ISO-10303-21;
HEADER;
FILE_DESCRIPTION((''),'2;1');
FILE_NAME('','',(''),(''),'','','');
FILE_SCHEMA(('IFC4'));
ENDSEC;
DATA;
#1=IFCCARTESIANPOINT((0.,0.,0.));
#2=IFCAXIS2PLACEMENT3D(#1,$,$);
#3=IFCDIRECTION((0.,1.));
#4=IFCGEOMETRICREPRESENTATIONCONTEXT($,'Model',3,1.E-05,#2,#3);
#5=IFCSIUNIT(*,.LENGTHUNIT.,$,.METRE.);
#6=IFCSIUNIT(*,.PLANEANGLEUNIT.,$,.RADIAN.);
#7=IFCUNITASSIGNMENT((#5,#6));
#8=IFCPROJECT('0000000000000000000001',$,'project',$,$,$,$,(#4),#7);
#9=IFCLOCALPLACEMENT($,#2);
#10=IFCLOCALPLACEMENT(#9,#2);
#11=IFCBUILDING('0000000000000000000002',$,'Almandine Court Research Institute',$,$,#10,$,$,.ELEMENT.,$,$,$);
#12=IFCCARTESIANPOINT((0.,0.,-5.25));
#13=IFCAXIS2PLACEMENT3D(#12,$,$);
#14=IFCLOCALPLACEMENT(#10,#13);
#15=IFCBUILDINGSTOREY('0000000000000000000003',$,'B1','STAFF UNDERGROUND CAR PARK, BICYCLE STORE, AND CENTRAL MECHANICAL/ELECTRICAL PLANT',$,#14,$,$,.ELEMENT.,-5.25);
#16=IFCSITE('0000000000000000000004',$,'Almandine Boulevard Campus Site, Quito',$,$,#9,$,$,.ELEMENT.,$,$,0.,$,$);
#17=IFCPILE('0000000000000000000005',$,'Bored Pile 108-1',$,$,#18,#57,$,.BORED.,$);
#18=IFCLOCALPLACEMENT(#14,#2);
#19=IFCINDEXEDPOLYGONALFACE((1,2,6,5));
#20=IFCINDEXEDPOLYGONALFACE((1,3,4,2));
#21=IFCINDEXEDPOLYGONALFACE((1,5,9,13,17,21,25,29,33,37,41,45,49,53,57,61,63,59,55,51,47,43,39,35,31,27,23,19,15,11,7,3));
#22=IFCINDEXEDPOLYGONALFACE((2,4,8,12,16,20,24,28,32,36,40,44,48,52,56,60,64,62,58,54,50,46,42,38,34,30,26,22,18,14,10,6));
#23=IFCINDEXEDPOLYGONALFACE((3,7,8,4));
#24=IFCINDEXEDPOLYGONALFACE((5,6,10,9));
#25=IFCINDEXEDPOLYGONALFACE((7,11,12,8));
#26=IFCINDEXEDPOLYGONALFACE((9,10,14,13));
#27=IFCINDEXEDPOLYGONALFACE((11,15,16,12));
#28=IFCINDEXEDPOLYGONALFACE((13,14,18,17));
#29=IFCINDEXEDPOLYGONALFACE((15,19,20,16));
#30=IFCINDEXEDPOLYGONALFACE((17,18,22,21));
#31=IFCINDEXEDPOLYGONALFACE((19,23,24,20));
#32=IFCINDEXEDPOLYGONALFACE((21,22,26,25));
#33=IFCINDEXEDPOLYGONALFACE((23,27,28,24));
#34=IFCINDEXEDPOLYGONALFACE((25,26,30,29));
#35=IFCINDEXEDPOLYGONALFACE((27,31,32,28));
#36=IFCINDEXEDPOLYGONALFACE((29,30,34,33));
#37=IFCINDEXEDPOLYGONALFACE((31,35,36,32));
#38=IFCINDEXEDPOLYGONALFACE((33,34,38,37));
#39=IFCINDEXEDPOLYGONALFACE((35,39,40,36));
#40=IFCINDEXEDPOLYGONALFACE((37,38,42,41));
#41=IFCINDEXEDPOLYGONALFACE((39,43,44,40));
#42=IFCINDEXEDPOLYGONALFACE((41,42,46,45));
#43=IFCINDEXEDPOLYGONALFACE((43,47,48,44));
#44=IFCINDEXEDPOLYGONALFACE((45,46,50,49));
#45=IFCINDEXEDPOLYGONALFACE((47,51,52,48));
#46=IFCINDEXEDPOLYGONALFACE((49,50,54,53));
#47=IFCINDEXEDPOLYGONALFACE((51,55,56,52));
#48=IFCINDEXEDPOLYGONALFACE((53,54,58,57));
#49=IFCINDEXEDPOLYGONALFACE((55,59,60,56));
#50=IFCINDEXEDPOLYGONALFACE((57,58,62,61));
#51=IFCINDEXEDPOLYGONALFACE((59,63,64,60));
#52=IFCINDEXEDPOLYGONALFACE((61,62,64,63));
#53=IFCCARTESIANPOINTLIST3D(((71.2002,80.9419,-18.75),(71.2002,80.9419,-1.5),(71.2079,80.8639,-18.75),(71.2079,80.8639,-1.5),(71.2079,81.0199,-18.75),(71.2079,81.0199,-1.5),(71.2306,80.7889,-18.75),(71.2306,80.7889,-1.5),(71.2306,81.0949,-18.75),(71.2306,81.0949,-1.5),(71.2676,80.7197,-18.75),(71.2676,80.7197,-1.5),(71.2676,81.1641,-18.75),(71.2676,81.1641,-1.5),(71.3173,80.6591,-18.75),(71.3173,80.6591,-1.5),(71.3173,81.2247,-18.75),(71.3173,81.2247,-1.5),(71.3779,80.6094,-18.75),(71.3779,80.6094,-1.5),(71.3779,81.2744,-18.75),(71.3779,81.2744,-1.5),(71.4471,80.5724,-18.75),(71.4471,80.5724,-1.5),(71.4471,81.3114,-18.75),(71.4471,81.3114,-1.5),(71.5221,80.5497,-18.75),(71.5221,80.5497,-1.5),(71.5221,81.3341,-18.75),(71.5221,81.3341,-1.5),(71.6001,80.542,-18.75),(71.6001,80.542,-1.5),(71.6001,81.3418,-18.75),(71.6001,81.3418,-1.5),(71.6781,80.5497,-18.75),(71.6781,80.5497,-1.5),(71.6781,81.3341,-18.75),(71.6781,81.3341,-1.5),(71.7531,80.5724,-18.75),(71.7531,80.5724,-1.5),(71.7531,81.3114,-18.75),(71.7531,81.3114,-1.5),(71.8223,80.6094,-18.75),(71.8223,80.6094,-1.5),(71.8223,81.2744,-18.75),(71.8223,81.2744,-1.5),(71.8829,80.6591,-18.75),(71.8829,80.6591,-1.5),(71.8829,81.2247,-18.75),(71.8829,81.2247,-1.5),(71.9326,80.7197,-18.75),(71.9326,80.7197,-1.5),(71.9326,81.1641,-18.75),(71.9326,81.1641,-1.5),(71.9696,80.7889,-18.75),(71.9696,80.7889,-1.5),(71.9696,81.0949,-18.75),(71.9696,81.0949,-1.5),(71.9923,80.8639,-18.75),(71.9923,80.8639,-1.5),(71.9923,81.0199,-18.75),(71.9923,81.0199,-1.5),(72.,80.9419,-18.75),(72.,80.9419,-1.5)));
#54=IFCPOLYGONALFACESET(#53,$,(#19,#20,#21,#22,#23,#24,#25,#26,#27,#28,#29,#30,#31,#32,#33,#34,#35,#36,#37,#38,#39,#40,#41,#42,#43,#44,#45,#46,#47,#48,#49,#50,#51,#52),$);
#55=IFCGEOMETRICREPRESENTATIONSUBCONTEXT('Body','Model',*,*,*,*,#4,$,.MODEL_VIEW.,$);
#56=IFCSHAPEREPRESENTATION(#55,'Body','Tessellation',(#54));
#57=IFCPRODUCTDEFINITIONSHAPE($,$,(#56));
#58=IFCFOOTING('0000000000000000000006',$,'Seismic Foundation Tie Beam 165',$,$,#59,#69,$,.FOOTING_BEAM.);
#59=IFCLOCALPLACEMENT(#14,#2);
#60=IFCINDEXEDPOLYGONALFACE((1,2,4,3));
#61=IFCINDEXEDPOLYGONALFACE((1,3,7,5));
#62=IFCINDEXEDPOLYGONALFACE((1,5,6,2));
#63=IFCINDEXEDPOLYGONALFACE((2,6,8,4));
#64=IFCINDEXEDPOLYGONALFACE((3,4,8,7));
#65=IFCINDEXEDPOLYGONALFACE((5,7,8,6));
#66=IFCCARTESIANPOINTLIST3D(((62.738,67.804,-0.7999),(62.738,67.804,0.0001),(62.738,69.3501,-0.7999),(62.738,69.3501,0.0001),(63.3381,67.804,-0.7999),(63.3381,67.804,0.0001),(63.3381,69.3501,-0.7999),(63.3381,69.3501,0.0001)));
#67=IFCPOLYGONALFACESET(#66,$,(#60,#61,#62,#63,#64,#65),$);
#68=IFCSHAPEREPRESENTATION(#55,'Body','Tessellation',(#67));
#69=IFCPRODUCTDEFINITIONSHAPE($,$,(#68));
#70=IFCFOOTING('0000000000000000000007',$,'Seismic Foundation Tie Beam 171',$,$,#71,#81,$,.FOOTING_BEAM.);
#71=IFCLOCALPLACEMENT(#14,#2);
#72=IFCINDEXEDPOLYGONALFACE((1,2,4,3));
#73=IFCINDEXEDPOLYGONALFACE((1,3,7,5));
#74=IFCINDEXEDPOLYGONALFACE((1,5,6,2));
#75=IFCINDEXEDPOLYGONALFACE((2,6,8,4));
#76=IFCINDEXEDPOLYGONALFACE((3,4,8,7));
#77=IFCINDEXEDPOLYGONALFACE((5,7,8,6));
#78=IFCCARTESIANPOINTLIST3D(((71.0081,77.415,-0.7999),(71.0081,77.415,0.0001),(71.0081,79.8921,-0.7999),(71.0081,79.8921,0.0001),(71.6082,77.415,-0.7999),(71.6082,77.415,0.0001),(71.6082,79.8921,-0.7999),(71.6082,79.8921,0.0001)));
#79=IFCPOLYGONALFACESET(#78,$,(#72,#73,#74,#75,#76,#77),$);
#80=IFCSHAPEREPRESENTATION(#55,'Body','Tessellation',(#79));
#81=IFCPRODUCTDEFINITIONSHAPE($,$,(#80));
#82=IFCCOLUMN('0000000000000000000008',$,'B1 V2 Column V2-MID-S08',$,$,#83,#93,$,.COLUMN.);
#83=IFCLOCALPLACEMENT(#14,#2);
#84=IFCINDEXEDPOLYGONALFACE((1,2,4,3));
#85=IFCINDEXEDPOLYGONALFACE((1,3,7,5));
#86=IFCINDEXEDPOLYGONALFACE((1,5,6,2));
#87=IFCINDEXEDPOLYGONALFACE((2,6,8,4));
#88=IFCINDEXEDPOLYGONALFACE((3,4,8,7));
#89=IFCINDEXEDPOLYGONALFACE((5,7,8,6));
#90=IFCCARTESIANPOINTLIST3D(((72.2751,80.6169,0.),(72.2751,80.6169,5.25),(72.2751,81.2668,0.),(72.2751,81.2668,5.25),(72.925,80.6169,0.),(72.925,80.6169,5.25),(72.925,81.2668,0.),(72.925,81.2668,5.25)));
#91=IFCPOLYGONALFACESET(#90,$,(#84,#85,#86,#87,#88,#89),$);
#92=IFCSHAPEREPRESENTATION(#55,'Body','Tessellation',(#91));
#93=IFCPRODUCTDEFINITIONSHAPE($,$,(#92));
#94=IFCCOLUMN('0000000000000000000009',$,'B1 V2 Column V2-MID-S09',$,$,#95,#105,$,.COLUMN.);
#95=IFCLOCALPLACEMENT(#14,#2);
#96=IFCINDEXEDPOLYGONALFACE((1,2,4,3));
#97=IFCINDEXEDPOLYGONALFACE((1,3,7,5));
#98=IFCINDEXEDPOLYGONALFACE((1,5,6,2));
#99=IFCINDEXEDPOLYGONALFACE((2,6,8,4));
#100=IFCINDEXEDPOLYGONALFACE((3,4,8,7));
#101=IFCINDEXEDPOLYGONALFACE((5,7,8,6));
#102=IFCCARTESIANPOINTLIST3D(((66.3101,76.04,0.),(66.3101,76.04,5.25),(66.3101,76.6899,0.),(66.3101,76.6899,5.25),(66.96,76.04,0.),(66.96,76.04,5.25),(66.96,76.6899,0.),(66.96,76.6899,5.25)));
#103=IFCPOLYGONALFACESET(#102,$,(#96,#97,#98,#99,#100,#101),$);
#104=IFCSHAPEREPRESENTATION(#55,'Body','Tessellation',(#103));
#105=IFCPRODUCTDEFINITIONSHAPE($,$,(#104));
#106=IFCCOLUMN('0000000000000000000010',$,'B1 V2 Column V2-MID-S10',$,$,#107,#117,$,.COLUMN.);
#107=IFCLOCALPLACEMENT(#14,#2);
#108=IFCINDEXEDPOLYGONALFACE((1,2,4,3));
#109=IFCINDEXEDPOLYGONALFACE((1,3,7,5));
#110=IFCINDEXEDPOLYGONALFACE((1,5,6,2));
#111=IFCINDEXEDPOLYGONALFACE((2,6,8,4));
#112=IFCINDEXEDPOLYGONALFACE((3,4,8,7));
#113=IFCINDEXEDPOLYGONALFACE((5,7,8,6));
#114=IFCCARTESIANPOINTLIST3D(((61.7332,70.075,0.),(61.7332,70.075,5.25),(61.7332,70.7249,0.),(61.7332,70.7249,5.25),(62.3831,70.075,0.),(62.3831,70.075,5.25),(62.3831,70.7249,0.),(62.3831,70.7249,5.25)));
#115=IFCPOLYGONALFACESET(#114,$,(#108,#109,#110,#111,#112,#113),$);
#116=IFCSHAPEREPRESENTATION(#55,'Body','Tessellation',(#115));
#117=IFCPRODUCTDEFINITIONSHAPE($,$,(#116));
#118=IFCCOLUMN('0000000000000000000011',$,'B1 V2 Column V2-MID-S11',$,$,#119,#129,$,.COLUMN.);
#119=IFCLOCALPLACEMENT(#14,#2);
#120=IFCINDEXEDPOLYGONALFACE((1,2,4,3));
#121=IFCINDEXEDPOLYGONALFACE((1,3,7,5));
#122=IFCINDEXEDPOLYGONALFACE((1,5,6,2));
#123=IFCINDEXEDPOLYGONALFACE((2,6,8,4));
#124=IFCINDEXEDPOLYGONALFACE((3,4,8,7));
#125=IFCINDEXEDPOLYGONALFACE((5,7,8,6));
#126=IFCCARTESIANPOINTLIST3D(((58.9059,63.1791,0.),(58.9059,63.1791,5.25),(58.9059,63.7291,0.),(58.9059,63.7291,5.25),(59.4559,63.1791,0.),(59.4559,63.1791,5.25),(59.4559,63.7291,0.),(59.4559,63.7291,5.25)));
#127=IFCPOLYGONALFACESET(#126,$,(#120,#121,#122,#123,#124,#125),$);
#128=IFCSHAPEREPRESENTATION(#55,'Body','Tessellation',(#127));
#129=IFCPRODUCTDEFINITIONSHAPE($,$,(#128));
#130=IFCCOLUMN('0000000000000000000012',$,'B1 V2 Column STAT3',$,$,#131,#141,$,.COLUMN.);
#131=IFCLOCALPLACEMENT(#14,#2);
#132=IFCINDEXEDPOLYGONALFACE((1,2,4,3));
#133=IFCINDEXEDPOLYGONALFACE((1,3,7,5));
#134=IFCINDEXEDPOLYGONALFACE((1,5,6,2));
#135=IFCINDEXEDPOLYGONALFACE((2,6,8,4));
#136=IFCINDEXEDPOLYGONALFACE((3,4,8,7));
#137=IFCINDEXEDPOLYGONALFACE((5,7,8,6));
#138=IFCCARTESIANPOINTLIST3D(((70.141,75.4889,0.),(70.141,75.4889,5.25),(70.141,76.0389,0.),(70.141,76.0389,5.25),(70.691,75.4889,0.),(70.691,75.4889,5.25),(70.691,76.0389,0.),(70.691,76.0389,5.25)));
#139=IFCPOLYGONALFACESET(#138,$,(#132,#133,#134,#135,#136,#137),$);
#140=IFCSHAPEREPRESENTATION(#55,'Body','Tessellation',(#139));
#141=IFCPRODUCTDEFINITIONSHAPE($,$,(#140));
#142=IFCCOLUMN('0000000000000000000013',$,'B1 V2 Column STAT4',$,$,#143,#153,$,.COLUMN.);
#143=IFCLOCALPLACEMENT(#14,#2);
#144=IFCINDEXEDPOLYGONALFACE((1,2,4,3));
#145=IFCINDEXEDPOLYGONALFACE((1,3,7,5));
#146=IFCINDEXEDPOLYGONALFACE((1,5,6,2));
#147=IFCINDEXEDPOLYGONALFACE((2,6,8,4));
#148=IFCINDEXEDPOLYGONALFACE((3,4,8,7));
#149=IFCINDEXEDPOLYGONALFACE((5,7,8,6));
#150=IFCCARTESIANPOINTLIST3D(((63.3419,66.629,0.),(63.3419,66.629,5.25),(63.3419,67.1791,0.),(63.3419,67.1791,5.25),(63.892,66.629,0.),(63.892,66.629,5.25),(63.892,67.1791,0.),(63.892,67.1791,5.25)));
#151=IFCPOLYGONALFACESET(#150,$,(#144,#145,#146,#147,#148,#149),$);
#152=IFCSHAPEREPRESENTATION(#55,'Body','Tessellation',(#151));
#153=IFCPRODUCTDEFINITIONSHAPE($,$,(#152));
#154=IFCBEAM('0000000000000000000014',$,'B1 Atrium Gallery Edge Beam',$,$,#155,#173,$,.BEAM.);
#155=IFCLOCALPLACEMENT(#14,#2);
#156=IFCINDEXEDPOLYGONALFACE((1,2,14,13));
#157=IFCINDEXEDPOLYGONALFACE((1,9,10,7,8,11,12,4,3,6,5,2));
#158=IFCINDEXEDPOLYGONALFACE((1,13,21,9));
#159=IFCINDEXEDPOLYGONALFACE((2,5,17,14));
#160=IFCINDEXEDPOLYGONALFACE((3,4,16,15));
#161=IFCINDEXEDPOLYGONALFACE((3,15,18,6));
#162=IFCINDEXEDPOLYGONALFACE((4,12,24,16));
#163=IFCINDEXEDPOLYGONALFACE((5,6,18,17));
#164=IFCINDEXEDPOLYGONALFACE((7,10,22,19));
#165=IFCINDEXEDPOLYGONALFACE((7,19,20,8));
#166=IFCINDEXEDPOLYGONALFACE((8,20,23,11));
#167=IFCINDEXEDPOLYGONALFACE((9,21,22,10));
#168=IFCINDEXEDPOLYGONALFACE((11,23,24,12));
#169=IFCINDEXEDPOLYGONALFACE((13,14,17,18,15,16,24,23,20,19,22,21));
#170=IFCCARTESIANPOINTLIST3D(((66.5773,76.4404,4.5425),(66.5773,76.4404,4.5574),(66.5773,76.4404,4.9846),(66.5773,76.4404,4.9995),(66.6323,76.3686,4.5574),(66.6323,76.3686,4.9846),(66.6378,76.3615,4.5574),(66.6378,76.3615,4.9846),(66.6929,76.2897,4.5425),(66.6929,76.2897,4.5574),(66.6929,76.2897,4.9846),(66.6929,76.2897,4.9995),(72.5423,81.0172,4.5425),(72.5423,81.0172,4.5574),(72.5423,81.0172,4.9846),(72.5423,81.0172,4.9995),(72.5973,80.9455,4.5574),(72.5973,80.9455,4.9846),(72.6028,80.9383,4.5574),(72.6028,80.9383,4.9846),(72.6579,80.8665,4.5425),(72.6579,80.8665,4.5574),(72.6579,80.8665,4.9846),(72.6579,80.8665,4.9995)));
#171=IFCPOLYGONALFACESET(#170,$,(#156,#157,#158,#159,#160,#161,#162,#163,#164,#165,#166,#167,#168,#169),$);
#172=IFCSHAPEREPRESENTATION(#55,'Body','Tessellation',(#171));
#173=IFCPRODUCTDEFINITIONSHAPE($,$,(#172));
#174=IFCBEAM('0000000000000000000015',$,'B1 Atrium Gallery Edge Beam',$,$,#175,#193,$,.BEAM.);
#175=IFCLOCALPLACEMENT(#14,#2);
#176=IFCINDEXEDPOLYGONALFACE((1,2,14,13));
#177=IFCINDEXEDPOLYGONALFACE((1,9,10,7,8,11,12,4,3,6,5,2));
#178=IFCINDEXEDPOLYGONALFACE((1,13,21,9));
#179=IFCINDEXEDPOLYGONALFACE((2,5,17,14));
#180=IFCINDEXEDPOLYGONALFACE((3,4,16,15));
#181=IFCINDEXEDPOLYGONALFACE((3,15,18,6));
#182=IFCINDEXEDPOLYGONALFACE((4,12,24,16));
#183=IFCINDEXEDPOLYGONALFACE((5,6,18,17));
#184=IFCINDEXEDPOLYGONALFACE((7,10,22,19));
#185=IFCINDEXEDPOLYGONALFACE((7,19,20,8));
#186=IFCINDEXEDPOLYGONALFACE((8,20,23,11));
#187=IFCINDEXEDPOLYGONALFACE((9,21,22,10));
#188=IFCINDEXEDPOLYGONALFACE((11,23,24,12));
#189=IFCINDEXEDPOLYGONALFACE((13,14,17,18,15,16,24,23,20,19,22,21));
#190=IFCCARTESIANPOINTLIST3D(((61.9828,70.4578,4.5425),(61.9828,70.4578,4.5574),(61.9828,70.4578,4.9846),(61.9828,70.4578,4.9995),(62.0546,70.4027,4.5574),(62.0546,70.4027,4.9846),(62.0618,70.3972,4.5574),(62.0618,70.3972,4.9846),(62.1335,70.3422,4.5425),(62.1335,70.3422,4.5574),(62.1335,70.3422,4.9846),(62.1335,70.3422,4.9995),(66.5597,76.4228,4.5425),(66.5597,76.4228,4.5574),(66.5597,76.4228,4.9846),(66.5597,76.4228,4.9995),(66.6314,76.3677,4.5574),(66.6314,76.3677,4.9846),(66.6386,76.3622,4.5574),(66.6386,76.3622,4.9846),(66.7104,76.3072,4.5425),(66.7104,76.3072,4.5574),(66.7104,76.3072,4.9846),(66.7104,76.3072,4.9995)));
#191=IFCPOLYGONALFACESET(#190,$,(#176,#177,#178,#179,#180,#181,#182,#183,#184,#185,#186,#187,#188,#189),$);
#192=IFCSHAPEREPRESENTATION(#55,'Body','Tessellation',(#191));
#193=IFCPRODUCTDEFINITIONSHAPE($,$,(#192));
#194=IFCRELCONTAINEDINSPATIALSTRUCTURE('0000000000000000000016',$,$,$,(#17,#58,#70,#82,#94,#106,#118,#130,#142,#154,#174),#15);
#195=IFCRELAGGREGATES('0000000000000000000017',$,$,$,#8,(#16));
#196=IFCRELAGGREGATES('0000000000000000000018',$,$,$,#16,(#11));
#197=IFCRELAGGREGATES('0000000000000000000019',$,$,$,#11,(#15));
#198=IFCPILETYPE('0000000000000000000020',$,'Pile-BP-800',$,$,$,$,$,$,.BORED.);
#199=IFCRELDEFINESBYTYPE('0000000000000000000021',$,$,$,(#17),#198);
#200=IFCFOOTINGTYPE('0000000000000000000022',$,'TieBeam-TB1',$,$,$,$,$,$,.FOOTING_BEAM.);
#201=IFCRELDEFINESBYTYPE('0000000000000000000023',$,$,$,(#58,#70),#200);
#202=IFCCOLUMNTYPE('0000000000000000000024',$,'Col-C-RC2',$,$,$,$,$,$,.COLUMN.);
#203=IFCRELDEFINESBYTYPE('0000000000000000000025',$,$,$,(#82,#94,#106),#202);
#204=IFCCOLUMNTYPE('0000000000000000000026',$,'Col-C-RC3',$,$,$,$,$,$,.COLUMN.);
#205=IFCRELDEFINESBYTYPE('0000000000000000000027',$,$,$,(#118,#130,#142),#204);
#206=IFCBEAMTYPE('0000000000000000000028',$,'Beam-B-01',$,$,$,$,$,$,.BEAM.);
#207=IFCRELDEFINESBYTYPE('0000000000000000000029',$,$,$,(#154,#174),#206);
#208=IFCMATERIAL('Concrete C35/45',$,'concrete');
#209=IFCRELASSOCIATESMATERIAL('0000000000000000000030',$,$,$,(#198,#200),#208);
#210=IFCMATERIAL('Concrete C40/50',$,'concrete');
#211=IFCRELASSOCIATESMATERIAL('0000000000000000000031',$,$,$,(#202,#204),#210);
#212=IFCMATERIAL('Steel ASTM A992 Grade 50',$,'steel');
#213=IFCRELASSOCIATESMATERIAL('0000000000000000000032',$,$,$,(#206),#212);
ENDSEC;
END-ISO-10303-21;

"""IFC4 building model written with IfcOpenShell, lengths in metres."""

from ifc_helpers import new_model, si_unit, direction, frame, origin, origin_2d, place, context, subcontext, project, spatial, rectangle, circle, i_section, extrude, material, material_profile, profile_set, type_object, element, save


model = new_model("IFC4")

# Units and contexts
model_context = context("Model", 3, precision=1e-05, world=origin(), true_north=direction((0.0, 1.0)))
body_context = subcontext(model_context, "Body", "Model", "MODEL_VIEW")
ifc_project = project(units=[si_unit("LENGTHUNIT", "METRE"), si_unit("PLANEANGLEUNIT", "RADIAN")], contexts=[model_context])

# Site, building, storey
site_placement = place(None, origin())
site = spatial("IfcSite", under=ifc_project, at=site_placement, Name="Almandine Boulevard Campus Site, Quito", CompositionType="ELEMENT", RefElevation=0.0)
building_placement = place(site_placement, origin())
building = spatial("IfcBuilding", under=site, at=building_placement, Name="Almandine Court Research Institute", CompositionType="ELEMENT")
storey_placement = place(building_placement, frame((0.0, 0.0, -5.25)))
storey = spatial("IfcBuildingStorey", under=building, at=storey_placement, Name="B1", Description="STAFF UNDERGROUND CAR PARK, BICYCLE STORE, AND CENTRAL MECHANICAL/ELECTRICAL PLANT", CompositionType="ELEMENT", Elevation=-5.25)

# Shared definitions
ifc_material_1 = material(Name="Concrete C35/45", Category="concrete")

# Pile
ifc_material_profile_1 = material_profile(ifc_material_1, circle(Radius=0.3999, at=origin_2d()), Name="BORED PILE D800")
ifc_profile_set_1 = profile_set([ifc_material_profile_1], Name="Concrete C35/45")
pile_type = type_object("IfcPileType", Name="Pile-BP-800", PredefinedType="BORED", material=ifc_profile_set_1)
for number, where, z_axis, x_axis, name in (
    (1, (71.6001, 80.9419, -1.5), (0.0, 0.0, -1.0), (1.0, 0.0, 0.0), "Bored Pile 108-1"),
):
    element("IfcPile", number, at=place(storey_placement, frame(where, z_axis=z_axis, x_axis=x_axis)), inside=storey, type_object=pile_type, Name=name, PredefinedType="BORED", context=body_context, shape_type="SweptSolid", body=[
        extrude(circle(Radius=0.3999, at=origin_2d()), origin(), (0.0, 0.0, 1.0), 17.25),
    ])

# Footings
ifc_material_profile_2 = material_profile(ifc_material_1, rectangle(XDim=0.6001, YDim=0.8, at=origin_2d()), Name="RC TIE 600x800")
ifc_profile_set_2 = profile_set([ifc_material_profile_2], Name="Concrete C35/45")
footing_type_1 = type_object("IfcFootingType", Name="TieBeam-TB1", PredefinedType="FOOTING_BEAM", material=ifc_profile_set_2)
footing_1_placement = place(storey_placement, frame((63.0381, 67.804, -0.3999), z_axis=(0.0, 1.0, 0.0), x_axis=(-1.0, 0.0, 0.0)))
element("IfcFooting", 2, at=footing_1_placement, inside=storey, type_object=footing_type_1, Name="Seismic Foundation Tie Beam 165", PredefinedType="FOOTING_BEAM", context=body_context, shape_type="SweptSolid", body=[
    extrude(rectangle(XDim=0.6001, YDim=0.8, at=origin_2d()), origin(), (0.0, 0.0, 1.0), 1.5461),
])
footing_2_placement = place(storey_placement, frame((71.3081, 77.415, -0.3999), z_axis=(0.0, 1.0, 0.0), x_axis=(-1.0, 0.0, 0.0)))
element("IfcFooting", 3, at=footing_2_placement, inside=storey, type_object=footing_type_1, Name="Seismic Foundation Tie Beam 171", PredefinedType="FOOTING_BEAM", context=body_context, shape_type="SweptSolid", body=[
    extrude(rectangle(XDim=0.6001, YDim=0.8, at=origin_2d()), origin(), (0.0, 0.0, 1.0), 2.4771),
])

# Columns
ifc_material_2 = material(Name="Concrete C40/50", Category="concrete")
ifc_material_profile_3 = material_profile(ifc_material_2, rectangle(XDim=0.6499, YDim=0.6499, at=origin_2d()), Name="RC 650x650")
ifc_profile_set_3 = profile_set([ifc_material_profile_3], Name="Concrete C40/50")
column_type_1 = type_object("IfcColumnType", Name="Col-C-RC2", PredefinedType="COLUMN", material=ifc_profile_set_3)
for number, where, z_axis, x_axis, name in (
    (4, (72.6001, 80.9419, 0.0), (0.0, 0.0, 1.0), (1.0, 0.0, 0.0), "B1 V2 Column V2-MID-S08"),
    (5, (66.635, 76.365, 0.0), (0.0, 0.0, 1.0), (1.0, 0.0, 0.0), "B1 V2 Column V2-MID-S09"),
    (6, (62.0581, 70.3999, 0.0), (0.0, 0.0, 1.0), (1.0, 0.0, 0.0), "B1 V2 Column V2-MID-S10"),
):
    element("IfcColumn", number, at=place(storey_placement, frame(where, z_axis=z_axis, x_axis=x_axis)), inside=storey, type_object=column_type_1, Name=name, PredefinedType="COLUMN", context=body_context, shape_type="SweptSolid", body=[
        extrude(rectangle(XDim=0.6499, YDim=0.6499, at=origin_2d()), origin(), (0.0, 0.0, 1.0), 5.25),
    ])
ifc_material_profile_4 = material_profile(ifc_material_2, rectangle(XDim=0.55, YDim=0.55, at=origin_2d()), Name="RC 550x550")
ifc_profile_set_4 = profile_set([ifc_material_profile_4], Name="Concrete C40/50")
column_type_2 = type_object("IfcColumnType", Name="Col-C-RC3", PredefinedType="COLUMN", material=ifc_profile_set_4)
for number, where, z_axis, x_axis, name in (
    (7, (59.1809, 63.4541, 0.0), (0.0, 0.0, 1.0), (1.0, 0.0, 0.0), "B1 V2 Column V2-MID-S11"),
    (8, (70.416, 75.7639, 0.0), (0.0, 0.0, 1.0), (1.0, 0.0, 0.0), "B1 V2 Column STAT3"),
    (9, (63.6169, 66.9041, 0.0), (0.0, 0.0, 1.0), (1.0, 0.0, 0.0), "B1 V2 Column STAT4"),
):
    element("IfcColumn", number, at=place(storey_placement, frame(where, z_axis=z_axis, x_axis=x_axis)), inside=storey, type_object=column_type_2, Name=name, PredefinedType="COLUMN", context=body_context, shape_type="SweptSolid", body=[
        extrude(rectangle(XDim=0.55, YDim=0.55, at=origin_2d()), origin(), (0.0, 0.0, 1.0), 5.25),
    ])

# Beams
ifc_material_3 = material(Name="Steel ASTM A992 Grade 50", Category="steel")
ifc_material_profile_5 = material_profile(ifc_material_3, i_section(OverallWidth=0.1899, OverallDepth=0.457, WebThickness=0.009, FlangeThickness=0.0149, at=origin_2d()), Name="W460x74")
ifc_profile_set_5 = profile_set([ifc_material_profile_5], Name="Steel ASTM A992 Grade 50")
beam_type_1 = type_object("IfcBeamType", Name="Beam-B-01", PredefinedType="BEAM", material=ifc_profile_set_5)
for number, where, z_axis, x_axis, name in (
    (10, (72.6001, 80.9419, 4.771), (-0.793371, -0.608739, 0.0), (0.608739, -0.793371, 0.0), "B1 Atrium Gallery Edge Beam"),
    (11, (66.635, 76.365, 4.771), (-0.608739, -0.793371, 0.0), (0.793371, -0.608739, 0.0), "B1 Atrium Gallery Edge Beam"),
):
    element("IfcBeam", number, at=place(storey_placement, frame(where, z_axis=z_axis, x_axis=x_axis)), inside=storey, type_object=beam_type_1, Name=name, PredefinedType="BEAM", context=body_context, shape_type="SweptSolid", body=[
        extrude(i_section(OverallWidth=0.1899, OverallDepth=0.457, WebThickness=0.009, FlangeThickness=0.0149, at=origin_2d()), origin(), (0.0, 0.0, 1.0), 7.5186),
    ])

save(model, "model.ifc")
